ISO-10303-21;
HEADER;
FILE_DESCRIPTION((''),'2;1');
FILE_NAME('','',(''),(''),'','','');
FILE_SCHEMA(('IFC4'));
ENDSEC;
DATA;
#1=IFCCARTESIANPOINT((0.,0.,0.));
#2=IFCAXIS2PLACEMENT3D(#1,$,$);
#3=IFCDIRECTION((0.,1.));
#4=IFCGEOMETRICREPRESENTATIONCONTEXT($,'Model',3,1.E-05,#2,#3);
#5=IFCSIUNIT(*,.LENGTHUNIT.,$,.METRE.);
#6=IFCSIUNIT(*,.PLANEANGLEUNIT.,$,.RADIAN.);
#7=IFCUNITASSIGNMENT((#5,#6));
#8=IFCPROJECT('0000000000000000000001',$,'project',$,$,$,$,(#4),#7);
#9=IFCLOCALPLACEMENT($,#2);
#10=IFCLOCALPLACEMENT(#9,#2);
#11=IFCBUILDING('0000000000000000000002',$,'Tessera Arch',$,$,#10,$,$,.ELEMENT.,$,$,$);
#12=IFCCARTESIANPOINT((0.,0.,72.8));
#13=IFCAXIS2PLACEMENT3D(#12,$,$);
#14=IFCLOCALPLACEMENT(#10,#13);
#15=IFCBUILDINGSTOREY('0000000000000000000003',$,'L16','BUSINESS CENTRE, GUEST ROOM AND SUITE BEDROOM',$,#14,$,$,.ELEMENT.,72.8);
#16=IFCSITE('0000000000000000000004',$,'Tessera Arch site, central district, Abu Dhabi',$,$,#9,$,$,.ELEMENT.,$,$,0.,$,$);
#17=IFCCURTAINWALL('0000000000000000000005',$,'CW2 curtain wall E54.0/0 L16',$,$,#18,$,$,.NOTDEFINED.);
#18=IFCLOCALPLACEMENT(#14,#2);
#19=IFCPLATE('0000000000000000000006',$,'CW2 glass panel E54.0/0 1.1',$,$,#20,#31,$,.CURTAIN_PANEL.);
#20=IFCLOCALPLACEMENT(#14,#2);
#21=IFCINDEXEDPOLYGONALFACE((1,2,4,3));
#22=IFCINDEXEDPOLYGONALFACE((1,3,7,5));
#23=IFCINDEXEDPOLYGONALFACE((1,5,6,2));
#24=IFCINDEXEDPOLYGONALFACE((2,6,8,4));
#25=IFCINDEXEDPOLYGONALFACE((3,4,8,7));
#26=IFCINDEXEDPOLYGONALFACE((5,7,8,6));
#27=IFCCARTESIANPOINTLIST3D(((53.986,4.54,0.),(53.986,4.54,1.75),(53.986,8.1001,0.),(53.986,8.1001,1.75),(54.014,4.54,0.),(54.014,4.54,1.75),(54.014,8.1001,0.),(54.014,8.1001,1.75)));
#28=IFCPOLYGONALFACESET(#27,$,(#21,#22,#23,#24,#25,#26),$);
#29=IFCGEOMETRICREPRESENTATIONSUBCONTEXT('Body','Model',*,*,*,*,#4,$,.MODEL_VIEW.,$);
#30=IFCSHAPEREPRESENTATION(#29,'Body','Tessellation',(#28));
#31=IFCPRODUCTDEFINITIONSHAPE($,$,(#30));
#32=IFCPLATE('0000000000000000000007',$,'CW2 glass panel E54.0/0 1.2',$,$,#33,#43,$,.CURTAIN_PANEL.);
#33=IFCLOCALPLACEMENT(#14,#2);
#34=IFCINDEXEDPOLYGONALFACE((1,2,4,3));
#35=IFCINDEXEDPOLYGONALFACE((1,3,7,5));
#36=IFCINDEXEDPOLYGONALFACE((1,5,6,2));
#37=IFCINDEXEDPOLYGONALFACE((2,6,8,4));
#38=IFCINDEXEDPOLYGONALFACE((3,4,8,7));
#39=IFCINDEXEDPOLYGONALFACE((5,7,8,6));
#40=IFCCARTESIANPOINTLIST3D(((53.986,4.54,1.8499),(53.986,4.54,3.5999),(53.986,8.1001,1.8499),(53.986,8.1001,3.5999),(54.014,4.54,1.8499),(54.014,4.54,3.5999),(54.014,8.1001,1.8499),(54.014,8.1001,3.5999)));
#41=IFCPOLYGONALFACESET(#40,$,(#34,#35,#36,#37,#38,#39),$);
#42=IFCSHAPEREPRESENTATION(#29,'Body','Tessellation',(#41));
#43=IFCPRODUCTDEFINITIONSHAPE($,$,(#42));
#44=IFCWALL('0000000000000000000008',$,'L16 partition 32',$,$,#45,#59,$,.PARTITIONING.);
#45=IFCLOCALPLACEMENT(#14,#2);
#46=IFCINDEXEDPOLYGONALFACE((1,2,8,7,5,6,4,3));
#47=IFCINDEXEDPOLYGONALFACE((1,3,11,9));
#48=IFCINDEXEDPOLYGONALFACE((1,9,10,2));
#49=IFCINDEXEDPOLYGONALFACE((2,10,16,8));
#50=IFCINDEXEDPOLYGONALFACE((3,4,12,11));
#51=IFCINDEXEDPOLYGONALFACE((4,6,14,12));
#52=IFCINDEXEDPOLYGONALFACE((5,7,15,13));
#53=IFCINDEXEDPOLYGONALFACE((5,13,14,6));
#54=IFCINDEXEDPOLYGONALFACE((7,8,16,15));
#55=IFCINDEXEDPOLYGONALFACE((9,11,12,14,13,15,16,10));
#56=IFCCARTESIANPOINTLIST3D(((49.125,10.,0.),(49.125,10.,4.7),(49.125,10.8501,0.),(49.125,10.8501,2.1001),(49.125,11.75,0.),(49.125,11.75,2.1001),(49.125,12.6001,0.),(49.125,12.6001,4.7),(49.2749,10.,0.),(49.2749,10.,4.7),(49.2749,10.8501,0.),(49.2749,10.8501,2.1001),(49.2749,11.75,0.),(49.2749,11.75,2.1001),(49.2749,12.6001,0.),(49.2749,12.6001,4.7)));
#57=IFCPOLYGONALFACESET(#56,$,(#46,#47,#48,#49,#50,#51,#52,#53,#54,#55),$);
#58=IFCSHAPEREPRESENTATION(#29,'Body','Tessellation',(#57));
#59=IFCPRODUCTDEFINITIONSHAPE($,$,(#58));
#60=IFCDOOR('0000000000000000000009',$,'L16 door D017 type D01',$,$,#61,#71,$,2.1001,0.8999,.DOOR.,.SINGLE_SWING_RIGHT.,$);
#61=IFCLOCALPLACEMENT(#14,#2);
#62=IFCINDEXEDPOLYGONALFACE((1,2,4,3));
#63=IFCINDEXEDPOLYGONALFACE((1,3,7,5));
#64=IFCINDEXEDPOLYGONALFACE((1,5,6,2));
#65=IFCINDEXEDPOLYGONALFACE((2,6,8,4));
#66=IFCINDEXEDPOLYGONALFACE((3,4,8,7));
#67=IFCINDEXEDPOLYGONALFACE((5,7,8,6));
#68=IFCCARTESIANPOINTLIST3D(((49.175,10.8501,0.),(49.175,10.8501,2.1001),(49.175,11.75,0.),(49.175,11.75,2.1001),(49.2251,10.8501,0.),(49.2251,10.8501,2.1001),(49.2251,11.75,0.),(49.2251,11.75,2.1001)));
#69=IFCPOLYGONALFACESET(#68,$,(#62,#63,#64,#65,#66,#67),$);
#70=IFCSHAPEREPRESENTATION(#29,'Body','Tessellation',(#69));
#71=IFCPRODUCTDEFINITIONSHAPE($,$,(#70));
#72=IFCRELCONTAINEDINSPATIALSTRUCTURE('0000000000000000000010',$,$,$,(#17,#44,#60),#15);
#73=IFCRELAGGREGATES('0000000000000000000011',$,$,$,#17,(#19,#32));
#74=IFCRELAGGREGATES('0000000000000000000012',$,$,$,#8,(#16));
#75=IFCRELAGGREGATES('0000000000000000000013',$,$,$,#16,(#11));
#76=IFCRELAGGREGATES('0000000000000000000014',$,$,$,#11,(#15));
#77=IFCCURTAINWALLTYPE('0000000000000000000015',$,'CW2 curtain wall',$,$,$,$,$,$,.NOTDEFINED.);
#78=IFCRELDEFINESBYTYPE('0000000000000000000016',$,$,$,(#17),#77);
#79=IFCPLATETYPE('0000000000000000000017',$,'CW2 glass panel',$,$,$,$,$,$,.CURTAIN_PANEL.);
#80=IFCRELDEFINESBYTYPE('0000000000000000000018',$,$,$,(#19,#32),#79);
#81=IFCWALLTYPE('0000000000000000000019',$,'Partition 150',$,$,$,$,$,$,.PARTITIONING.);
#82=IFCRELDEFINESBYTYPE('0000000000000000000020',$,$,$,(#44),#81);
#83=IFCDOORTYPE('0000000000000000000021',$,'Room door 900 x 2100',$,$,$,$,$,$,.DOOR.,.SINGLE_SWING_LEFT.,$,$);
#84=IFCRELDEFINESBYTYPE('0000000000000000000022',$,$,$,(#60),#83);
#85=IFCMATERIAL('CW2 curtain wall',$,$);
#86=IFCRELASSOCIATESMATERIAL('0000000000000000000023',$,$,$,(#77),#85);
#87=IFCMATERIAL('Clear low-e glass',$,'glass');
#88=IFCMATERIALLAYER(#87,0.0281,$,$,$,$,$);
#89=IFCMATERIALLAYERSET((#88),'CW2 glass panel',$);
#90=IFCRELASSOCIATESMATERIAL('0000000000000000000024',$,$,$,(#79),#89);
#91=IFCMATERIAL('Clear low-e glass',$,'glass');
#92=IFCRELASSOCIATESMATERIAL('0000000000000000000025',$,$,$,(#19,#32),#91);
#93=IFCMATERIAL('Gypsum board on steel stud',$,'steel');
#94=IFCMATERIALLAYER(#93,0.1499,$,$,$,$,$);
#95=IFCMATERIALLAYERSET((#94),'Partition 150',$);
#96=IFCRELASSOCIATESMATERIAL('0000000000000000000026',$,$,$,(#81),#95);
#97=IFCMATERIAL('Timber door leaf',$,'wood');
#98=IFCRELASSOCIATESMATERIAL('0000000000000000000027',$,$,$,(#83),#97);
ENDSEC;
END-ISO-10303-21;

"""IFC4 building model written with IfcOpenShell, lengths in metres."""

from ifc_helpers import new_model, si_unit, direction, frame, frame_2d, origin, origin_2d, place, context, subcontext, project, spatial, rectangle, extrude, material, layer, layer_set, type_object, element, fill, aggregate, save


model = new_model("IFC4")

# Units and contexts
model_context = context("Model", 3, precision=1e-05, world=origin(), true_north=direction((0.0, 1.0)))
body_context = subcontext(model_context, "Body", "Model", "MODEL_VIEW")
ifc_project = project(units=[si_unit("LENGTHUNIT", "METRE"), si_unit("PLANEANGLEUNIT", "RADIAN")], contexts=[model_context])

# Site, building, storey
site_placement = place(None, origin())
site = spatial("IfcSite", under=ifc_project, at=site_placement, Name="Tessera Arch site, central district, Abu Dhabi", CompositionType="ELEMENT", RefElevation=0.0)
building_placement = place(site_placement, origin())
building = spatial("IfcBuilding", under=site, at=building_placement, Name="Tessera Arch", CompositionType="ELEMENT")
storey_placement = place(building_placement, frame((0.0, 0.0, 72.8)))
storey = spatial("IfcBuildingStorey", under=building, at=storey_placement, Name="L16", Description="BUSINESS CENTRE, GUEST ROOM AND SUITE BEDROOM", CompositionType="ELEMENT", Elevation=72.8)

# Curtain wall
ifc_material_1 = material(Name="CW2 curtain wall")
curtain_wall_type_1 = type_object("IfcCurtainWallType", Name="CW2 curtain wall", PredefinedType="NOTDEFINED", material=ifc_material_1)
curtain_wall_1_placement = place(storey_placement, origin())
curtain_wall_1 = element("IfcCurtainWall", 1, at=curtain_wall_1_placement, inside=storey, type_object=curtain_wall_type_1, Name="CW2 curtain wall E54.0/0 L16", PredefinedType="NOTDEFINED")

# Plates
ifc_material_2 = material(Name="Clear low-e glass", Category="glass")
ifc_material_3 = material(Name="Clear low-e glass", Category="glass")
ifc_layer_1 = layer(ifc_material_3, 0.0281)
ifc_layer_set_1 = layer_set([ifc_layer_1], Name="CW2 glass panel")
plate_type_1 = type_object("IfcPlateType", Name="CW2 glass panel", PredefinedType="CURTAIN_PANEL", material=ifc_layer_set_1)
plate_1_placement = place(storey_placement, frame((54.0, 6.3201, 0.0), z_axis=(0.0, 0.0, 1.0), x_axis=(0.0, 1.0, 0.0)))
plate_1 = element("IfcPlate", 2, at=plate_1_placement, type_object=plate_type_1, material=ifc_material_2, Name="CW2 glass panel E54.0/0 1.1", PredefinedType="CURTAIN_PANEL", context=body_context, shape_type="SweptSolid", body=[
    extrude(rectangle(XDim=3.5601, YDim=0.0281, at=origin_2d()), origin(), (0.0, 0.0, 1.0), 1.75),
])
plate_2_placement = place(storey_placement, frame((54.0, 6.3201, 1.8499), z_axis=(0.0, 0.0, 1.0), x_axis=(0.0, 1.0, 0.0)))
plate_2 = element("IfcPlate", 3, at=plate_2_placement, type_object=plate_type_1, material=ifc_material_2, Name="CW2 glass panel E54.0/0 1.2", PredefinedType="CURTAIN_PANEL", context=body_context, shape_type="SweptSolid", body=[
    extrude(rectangle(XDim=3.5601, YDim=0.0281, at=origin_2d()), origin(), (0.0, 0.0, 1.0), 1.75),
])
aggregate(curtain_wall_1, [plate_1, plate_2])

# Wall, opening, door
ifc_material_4 = material(Name="Gypsum board on steel stud", Category="steel")
ifc_layer_2 = layer(ifc_material_4, 0.1499)
ifc_layer_set_2 = layer_set([ifc_layer_2], Name="Partition 150")
wall_type = type_object("IfcWallType", Name="Partition 150", PredefinedType="PARTITIONING", material=ifc_layer_set_2)
wall_placement = place(storey_placement, frame((49.2, 10.0, 0.0), z_axis=(0.0, 0.0, 1.0), x_axis=(0.0, 1.0, 0.0)))
wall = element("IfcWall", 4, at=wall_placement, inside=storey, type_object=wall_type, Name="L16 partition 32", PredefinedType="PARTITIONING", context=body_context, shape_type="SweptSolid", body=[
    extrude(rectangle(XDim=2.6001, YDim=0.1499, at=frame_2d((1.3, 0.0))), origin(), (0.0, 0.0, 1.0), 4.7),
])
opening_placement = place(wall_placement, frame((0.8501, 0.0, 0.0)))
opening = element("IfcOpeningElement", 5, at=opening_placement, cuts=wall, PredefinedType="OPENING", context=body_context, shape_type="SweptSolid", body=[
    extrude(rectangle(XDim=0.8999, YDim=2.1001, at=frame_2d((0.45, 1.05))), frame((0.0, 0.085, 0.0), z_axis=(0.0, -1.0, 0.0), x_axis=(1.0, 0.0, 0.0)), (0.0, 0.0, 1.0), 0.1699),
])
ifc_material_5 = material(Name="Timber door leaf", Category="wood")
door_type = type_object("IfcDoorType", Name="Room door 900 x 2100", OperationType="SINGLE_SWING_LEFT", PredefinedType="DOOR", material=ifc_material_5)
door_placement = place(opening_placement, origin())
door = element("IfcDoor", 6, at=door_placement, inside=storey, type_object=door_type, Name="L16 door D017 type D01", OperationType="SINGLE_SWING_RIGHT", OverallHeight=2.1001, OverallWidth=0.8999, PredefinedType="DOOR", context=body_context, shape_type="SweptSolid", body=[
    extrude(rectangle(XDim=0.8999, YDim=2.1001, at=frame_2d((0.45, 1.05))), frame((0.0, 0.0249, 0.0), z_axis=(0.0, -1.0, 0.0), x_axis=(1.0, 0.0, 0.0)), (0.0, 0.0, 1.0), 0.05),
])
fill(opening, door)

save(model, "model.ifc")
